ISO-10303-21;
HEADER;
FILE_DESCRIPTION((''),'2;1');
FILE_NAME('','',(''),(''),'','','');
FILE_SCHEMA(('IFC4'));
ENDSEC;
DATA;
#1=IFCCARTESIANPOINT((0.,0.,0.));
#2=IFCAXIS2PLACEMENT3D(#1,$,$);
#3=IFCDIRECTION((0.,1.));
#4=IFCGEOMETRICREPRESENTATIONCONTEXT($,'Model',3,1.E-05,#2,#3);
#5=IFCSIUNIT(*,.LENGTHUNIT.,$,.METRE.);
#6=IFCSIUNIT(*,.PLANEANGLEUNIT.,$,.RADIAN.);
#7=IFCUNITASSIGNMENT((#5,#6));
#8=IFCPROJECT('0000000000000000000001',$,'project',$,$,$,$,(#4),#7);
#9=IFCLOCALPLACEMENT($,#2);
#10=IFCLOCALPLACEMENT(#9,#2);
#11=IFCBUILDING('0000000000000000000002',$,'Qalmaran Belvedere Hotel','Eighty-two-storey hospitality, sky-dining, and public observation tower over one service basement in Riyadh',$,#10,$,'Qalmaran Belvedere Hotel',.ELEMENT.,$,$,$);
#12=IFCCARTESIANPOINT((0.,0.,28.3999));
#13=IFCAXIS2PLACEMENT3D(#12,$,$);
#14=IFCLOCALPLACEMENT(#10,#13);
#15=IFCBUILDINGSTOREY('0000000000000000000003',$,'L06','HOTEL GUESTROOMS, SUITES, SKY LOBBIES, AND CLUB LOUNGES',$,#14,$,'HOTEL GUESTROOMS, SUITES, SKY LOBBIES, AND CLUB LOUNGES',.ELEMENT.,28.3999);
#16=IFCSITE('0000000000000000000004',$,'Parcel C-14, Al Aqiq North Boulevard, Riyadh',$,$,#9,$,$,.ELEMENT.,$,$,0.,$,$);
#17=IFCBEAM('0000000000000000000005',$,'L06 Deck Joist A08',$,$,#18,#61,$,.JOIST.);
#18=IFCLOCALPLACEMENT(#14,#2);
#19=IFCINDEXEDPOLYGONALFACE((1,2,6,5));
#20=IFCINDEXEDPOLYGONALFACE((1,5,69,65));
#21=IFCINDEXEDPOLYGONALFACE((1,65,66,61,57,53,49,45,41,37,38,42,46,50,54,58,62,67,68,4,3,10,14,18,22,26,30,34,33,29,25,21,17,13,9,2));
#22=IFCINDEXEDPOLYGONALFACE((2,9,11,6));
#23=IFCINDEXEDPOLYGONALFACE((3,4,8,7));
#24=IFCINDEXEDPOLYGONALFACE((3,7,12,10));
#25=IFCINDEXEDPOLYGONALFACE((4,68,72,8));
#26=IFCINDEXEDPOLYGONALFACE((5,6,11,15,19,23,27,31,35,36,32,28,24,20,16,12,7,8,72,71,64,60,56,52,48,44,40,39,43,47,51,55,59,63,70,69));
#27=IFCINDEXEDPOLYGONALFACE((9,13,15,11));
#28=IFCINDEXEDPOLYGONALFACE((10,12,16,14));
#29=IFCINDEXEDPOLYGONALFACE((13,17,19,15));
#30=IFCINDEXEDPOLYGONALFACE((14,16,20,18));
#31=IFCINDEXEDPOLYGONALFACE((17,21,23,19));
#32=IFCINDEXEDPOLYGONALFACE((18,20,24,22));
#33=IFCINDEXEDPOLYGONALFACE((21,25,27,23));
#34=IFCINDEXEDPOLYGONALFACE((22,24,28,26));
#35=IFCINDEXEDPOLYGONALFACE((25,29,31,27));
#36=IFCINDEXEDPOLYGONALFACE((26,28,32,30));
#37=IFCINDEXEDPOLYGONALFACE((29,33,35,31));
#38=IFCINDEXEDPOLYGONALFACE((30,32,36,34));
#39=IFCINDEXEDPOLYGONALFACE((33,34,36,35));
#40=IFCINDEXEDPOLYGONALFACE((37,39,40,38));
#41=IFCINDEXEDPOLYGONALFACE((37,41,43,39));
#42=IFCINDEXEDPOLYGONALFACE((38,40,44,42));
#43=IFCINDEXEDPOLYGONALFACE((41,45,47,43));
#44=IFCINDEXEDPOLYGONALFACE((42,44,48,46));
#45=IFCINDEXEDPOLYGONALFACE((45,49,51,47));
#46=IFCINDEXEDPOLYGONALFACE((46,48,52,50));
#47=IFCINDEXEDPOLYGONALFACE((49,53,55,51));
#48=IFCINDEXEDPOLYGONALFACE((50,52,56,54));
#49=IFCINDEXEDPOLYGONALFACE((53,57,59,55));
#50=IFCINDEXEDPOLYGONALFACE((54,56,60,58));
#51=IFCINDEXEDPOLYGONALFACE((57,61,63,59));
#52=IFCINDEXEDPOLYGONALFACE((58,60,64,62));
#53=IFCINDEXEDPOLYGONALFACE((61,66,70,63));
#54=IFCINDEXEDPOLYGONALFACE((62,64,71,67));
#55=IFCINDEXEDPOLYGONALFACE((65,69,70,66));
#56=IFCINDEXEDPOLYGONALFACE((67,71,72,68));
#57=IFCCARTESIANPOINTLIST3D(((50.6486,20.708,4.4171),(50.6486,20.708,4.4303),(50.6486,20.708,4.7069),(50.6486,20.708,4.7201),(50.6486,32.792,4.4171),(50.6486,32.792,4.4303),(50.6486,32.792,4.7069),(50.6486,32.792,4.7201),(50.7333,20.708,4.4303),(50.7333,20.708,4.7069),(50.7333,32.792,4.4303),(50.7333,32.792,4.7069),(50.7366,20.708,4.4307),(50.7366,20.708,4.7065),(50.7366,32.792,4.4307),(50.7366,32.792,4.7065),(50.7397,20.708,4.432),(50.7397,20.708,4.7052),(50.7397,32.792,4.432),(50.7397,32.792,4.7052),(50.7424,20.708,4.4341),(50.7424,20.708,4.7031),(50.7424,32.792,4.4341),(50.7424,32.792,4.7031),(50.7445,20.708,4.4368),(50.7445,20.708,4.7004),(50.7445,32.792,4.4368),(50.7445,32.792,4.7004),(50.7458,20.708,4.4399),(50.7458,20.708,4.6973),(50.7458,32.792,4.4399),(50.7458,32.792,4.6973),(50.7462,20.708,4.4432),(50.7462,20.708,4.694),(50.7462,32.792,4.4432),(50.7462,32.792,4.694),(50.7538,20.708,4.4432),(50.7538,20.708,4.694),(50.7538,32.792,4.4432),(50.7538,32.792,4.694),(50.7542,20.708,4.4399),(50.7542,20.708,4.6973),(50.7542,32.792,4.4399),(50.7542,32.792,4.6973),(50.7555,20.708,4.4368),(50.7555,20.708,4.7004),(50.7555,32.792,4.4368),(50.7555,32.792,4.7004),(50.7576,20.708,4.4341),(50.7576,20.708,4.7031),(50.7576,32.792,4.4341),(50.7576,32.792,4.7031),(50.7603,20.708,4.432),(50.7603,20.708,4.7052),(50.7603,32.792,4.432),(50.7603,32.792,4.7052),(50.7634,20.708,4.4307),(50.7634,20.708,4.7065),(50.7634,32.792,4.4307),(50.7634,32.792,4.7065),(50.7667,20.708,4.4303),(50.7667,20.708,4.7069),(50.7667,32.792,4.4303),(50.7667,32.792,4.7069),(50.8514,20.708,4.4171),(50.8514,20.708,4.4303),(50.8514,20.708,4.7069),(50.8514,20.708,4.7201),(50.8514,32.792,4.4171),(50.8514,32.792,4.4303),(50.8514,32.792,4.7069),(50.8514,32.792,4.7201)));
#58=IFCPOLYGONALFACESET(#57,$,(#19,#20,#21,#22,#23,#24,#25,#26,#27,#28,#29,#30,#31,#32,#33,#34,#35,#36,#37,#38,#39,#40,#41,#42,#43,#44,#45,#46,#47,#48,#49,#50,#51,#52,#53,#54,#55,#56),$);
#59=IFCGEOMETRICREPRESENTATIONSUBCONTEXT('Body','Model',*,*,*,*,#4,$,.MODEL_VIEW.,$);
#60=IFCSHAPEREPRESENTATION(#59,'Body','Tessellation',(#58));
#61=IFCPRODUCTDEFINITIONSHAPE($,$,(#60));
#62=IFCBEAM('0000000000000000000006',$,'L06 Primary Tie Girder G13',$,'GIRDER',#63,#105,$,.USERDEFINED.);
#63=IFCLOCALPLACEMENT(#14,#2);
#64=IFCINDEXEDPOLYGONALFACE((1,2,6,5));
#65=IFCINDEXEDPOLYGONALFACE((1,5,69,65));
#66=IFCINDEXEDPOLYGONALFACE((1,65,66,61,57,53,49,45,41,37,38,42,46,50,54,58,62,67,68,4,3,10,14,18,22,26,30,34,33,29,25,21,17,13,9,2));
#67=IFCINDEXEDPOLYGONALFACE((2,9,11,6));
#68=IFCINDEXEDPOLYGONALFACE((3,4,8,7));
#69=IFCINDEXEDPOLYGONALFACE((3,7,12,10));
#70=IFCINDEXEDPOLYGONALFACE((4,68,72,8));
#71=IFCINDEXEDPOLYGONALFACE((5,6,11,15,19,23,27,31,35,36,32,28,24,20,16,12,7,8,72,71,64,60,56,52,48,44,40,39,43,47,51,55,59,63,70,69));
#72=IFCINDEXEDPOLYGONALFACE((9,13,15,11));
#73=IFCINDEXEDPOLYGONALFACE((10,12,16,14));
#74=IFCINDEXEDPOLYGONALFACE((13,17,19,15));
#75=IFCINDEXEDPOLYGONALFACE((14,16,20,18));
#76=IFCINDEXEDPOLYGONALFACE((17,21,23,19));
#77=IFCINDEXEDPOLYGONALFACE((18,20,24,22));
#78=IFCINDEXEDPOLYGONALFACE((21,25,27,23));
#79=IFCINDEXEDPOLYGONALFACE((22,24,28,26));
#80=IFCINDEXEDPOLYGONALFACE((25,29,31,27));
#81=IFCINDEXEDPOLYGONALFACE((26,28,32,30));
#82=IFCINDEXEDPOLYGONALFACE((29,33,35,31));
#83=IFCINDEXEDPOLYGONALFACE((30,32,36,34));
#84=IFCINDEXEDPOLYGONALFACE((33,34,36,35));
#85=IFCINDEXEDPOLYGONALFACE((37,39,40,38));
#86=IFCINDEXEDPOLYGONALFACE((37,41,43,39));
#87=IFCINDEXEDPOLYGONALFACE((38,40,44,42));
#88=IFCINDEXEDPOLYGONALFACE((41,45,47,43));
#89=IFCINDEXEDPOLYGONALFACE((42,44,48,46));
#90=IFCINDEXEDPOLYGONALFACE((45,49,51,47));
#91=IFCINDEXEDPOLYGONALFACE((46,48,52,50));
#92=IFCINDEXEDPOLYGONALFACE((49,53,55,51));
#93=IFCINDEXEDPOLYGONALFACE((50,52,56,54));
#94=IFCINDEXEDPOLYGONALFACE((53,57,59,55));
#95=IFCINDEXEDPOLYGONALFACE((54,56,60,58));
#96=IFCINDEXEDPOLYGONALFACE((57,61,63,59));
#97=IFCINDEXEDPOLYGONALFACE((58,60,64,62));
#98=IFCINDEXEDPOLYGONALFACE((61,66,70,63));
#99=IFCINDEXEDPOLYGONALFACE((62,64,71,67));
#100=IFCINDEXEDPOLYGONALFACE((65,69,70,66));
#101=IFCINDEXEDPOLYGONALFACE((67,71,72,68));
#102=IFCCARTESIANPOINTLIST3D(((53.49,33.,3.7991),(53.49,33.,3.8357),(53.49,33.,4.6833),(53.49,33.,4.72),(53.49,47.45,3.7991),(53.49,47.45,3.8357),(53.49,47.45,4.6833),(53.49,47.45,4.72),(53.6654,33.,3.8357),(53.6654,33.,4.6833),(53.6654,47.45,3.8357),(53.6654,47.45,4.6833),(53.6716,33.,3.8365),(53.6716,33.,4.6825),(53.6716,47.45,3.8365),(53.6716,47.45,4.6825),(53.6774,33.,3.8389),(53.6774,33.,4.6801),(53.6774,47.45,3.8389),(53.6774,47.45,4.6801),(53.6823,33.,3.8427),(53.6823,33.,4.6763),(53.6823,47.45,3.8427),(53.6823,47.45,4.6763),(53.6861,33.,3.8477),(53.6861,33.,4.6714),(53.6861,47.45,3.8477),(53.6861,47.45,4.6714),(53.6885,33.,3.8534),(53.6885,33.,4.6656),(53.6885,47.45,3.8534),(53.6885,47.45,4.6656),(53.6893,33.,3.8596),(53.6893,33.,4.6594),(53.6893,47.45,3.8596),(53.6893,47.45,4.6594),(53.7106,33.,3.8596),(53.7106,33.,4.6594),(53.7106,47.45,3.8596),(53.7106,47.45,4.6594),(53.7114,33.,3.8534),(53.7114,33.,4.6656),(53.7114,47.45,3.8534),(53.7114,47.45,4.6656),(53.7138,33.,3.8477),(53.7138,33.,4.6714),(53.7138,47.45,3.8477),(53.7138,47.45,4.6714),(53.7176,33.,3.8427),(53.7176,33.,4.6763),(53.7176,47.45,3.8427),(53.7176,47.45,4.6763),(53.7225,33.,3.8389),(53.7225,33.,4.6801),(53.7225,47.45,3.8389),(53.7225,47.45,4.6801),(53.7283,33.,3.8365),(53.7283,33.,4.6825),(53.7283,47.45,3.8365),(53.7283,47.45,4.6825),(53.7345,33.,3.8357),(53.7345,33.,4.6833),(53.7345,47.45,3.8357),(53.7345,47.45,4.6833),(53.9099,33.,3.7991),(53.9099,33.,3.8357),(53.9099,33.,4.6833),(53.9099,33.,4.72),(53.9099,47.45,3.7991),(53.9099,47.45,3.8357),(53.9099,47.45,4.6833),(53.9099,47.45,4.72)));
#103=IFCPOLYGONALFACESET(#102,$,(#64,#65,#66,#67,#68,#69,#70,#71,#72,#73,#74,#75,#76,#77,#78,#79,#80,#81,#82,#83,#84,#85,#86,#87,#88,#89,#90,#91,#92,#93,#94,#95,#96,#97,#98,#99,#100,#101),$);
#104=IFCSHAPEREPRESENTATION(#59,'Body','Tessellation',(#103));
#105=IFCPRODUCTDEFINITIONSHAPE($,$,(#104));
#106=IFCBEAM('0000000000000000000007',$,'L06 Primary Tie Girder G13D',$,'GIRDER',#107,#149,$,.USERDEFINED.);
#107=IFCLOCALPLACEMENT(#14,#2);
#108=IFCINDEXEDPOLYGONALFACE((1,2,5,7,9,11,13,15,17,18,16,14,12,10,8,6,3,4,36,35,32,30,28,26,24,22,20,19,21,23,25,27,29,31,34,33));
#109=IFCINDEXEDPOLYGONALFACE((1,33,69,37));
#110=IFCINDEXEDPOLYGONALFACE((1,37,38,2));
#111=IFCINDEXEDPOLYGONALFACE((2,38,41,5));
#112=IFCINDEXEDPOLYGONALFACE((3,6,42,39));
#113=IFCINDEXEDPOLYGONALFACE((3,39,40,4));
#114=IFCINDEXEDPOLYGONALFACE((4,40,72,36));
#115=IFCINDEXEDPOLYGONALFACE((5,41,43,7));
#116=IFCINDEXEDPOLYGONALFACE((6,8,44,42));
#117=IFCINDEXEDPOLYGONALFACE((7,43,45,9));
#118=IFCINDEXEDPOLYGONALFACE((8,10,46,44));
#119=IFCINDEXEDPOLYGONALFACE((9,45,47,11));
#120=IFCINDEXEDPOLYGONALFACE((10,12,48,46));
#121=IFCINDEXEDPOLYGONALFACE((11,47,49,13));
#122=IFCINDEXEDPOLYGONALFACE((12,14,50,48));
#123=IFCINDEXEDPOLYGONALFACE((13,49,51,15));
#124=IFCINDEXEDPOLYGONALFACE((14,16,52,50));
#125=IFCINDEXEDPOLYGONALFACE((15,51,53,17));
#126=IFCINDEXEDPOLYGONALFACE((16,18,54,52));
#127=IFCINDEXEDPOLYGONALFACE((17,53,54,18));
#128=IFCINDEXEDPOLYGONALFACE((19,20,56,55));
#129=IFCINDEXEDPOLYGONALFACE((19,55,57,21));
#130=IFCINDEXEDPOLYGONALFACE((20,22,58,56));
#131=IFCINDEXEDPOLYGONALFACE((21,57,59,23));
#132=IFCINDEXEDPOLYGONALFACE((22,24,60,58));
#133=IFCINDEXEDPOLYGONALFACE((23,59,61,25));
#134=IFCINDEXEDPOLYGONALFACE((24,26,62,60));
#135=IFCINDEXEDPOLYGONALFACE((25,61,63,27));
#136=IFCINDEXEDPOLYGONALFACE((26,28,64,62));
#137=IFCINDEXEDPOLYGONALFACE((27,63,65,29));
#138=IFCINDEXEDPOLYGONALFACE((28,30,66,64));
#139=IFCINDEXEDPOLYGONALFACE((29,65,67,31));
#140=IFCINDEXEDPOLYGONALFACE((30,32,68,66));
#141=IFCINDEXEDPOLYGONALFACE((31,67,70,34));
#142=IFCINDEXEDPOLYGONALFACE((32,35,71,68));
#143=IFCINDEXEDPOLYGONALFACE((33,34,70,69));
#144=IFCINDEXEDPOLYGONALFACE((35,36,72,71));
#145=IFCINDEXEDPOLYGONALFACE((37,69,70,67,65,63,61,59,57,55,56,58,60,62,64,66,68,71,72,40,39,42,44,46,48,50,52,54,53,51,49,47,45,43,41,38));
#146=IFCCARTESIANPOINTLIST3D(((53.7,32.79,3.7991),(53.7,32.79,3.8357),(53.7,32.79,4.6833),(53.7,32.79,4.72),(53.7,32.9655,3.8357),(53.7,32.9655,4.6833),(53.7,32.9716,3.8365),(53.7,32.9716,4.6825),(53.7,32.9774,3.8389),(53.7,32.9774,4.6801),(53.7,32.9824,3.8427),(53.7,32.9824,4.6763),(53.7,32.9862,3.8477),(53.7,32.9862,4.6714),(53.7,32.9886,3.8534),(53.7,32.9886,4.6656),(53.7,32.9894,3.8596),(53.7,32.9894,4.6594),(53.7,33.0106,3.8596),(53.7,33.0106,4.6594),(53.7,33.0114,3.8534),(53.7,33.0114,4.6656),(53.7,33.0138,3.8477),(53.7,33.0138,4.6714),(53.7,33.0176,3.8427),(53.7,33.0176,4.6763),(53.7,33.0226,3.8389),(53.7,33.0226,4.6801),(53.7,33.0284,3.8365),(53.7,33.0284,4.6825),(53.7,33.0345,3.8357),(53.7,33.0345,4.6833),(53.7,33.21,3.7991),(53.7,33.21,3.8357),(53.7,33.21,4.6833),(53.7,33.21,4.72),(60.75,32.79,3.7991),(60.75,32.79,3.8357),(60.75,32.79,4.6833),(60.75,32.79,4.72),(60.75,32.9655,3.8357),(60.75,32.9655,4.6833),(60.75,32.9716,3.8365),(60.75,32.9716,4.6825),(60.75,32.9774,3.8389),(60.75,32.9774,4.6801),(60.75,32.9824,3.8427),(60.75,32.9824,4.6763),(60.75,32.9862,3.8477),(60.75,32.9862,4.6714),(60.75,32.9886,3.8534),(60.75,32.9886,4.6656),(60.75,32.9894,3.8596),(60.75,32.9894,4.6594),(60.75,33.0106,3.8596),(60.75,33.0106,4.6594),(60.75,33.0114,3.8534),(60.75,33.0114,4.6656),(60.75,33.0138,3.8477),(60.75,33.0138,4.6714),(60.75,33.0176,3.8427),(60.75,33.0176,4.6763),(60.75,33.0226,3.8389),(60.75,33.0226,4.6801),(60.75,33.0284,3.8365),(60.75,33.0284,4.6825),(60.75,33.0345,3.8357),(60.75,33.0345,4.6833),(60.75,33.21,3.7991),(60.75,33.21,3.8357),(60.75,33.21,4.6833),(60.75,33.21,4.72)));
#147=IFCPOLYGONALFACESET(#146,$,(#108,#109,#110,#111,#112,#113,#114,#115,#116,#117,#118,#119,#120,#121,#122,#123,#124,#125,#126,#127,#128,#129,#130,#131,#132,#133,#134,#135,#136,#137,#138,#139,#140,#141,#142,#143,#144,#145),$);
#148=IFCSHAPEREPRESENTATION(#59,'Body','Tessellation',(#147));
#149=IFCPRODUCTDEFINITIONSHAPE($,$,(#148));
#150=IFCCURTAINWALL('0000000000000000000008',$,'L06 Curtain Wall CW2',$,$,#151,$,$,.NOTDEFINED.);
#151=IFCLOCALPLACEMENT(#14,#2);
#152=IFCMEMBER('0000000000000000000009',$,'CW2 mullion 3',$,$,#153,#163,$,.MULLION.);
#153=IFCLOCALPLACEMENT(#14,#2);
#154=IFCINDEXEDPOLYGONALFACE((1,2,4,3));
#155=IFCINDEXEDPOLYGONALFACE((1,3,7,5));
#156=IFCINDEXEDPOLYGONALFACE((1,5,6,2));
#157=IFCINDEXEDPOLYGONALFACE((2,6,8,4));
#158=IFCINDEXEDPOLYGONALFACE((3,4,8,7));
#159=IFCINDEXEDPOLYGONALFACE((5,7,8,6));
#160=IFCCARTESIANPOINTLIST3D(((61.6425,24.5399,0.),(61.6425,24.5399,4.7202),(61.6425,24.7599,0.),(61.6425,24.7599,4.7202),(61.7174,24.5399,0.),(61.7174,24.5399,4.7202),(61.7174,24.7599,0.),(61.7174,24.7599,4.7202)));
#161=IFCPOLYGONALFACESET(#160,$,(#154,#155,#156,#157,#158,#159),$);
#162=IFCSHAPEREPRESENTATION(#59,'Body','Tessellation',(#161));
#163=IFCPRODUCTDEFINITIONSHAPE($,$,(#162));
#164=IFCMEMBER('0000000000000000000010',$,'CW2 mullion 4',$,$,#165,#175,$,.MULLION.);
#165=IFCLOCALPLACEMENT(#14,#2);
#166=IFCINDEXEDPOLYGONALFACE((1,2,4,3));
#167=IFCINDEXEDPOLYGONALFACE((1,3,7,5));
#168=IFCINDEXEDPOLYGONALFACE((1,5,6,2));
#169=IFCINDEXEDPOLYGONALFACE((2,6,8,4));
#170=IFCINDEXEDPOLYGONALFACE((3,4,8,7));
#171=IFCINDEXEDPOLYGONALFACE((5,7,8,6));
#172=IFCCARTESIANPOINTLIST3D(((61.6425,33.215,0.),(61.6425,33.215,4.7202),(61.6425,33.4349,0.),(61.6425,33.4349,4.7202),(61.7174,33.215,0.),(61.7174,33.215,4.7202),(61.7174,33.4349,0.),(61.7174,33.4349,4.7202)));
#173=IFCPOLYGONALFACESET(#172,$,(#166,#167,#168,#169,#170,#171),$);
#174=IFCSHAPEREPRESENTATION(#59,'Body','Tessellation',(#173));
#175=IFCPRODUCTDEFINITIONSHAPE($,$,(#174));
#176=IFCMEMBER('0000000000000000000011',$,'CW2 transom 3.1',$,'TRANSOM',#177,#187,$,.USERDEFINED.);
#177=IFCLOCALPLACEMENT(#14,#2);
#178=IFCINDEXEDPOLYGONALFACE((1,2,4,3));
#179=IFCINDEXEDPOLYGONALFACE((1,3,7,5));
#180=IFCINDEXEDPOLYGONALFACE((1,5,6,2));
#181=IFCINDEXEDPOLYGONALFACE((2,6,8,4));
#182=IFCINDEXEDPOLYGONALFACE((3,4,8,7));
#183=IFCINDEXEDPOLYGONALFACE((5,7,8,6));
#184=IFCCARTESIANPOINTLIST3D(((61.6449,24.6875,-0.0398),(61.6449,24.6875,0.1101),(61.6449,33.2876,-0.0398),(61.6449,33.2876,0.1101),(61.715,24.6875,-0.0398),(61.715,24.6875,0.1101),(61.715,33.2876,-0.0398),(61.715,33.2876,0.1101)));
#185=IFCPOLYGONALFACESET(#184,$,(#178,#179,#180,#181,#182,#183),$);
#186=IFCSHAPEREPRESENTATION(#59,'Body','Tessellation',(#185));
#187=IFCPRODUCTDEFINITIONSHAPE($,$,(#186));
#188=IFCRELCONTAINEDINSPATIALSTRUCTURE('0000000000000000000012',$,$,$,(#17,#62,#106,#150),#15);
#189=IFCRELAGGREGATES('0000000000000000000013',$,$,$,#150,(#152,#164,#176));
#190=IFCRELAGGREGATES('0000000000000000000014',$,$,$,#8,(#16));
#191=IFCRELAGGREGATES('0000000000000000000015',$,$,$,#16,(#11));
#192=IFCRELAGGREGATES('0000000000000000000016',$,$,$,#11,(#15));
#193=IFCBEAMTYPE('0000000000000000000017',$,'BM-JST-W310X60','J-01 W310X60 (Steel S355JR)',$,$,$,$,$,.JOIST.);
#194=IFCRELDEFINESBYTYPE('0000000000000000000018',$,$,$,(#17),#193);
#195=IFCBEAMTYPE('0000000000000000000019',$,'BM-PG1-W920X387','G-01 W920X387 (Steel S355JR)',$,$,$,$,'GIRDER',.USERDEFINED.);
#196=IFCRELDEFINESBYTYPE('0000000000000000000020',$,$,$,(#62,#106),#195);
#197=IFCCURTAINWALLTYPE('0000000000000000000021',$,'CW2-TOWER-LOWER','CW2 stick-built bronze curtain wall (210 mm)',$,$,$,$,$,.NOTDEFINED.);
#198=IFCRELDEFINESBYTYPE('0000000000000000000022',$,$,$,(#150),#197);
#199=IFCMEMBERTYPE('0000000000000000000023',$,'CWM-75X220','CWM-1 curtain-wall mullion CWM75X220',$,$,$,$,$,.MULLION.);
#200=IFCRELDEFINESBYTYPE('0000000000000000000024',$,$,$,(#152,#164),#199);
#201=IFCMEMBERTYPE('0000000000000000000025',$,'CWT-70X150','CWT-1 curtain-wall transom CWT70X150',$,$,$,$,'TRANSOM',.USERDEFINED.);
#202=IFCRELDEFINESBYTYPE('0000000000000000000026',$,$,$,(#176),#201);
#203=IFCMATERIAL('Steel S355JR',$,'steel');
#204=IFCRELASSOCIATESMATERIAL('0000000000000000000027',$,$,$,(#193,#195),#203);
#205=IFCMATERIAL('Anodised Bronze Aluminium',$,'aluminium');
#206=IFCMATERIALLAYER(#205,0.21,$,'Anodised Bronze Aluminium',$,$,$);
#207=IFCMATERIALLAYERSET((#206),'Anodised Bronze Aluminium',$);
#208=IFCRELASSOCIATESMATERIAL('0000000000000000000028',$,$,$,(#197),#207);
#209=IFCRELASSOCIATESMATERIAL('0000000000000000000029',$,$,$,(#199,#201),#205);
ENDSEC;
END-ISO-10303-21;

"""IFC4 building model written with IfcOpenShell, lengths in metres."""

from ifc_helpers import new_model, si_unit, direction, frame, origin, origin_2d, place, context, subcontext, project, spatial, rectangle, i_section, extrude, material, layer, layer_set, material_profile, profile_set, type_object, element, aggregate, save


model = new_model("IFC4")

# Units and contexts
model_context = context("Model", 3, precision=1e-05, world=origin(), true_north=direction((0.0, 1.0)))
body_context = subcontext(model_context, "Body", "Model", "MODEL_VIEW")
ifc_project = project(units=[si_unit("LENGTHUNIT", "METRE"), si_unit("PLANEANGLEUNIT", "RADIAN")], contexts=[model_context])

# Site, building, storey
site_placement = place(None, origin())
site = spatial("IfcSite", under=ifc_project, at=site_placement, Name="Parcel C-14, Al Aqiq North Boulevard, Riyadh", CompositionType="ELEMENT", RefElevation=0.0)
building_placement = place(site_placement, origin())
building = spatial("IfcBuilding", under=site, at=building_placement, Name="Qalmaran Belvedere Hotel", Description="Eighty-two-storey hospitality, sky-dining, and public observation tower over one service basement in Riyadh", LongName="Qalmaran Belvedere Hotel", CompositionType="ELEMENT")
storey_placement = place(building_placement, frame((0.0, 0.0, 28.3999)))
storey = spatial("IfcBuildingStorey", under=building, at=storey_placement, Name="L06", Description="HOTEL GUESTROOMS, SUITES, SKY LOBBIES, AND CLUB LOUNGES", LongName="HOTEL GUESTROOMS, SUITES, SKY LOBBIES, AND CLUB LOUNGES", CompositionType="ELEMENT", Elevation=28.3999)

# Beams
ifc_material_1 = material(Name="Steel S355JR", Category="steel")
ifc_material_profile_1 = material_profile(ifc_material_1, i_section(OverallWidth=0.2029, OverallDepth=0.303, WebThickness=0.0076, FlangeThickness=0.0132, FilletRadius=0.0129, at=origin_2d()), Name="W310X60")
ifc_profile_set_1 = profile_set([ifc_material_profile_1], Name="Steel S355JR")
beam_type_1 = type_object("IfcBeamType", Name="BM-JST-W310X60", Description="J-01 W310X60 (Steel S355JR)", PredefinedType="JOIST", material=ifc_profile_set_1)
for number, where, z_axis, x_axis, name in (
    (1, (50.75, 20.708, 4.5686), (0.0, 1.0, 0.0), (-1.0, 0.0, 0.0), "L06 Deck Joist A08"),
):
    element("IfcBeam", number, at=place(storey_placement, frame(where, z_axis=z_axis, x_axis=x_axis)), inside=storey, type_object=beam_type_1, Name=name, PredefinedType="JOIST", context=body_context, shape_type="SweptSolid", body=[
        extrude(i_section(OverallWidth=0.2029, OverallDepth=0.303, WebThickness=0.0076, FlangeThickness=0.0132, FilletRadius=0.0129, at=origin_2d()), origin(), (0.0, 0.0, 1.0), 12.084),
    ])
ifc_material_profile_2 = material_profile(ifc_material_1, i_section(OverallWidth=0.4199, OverallDepth=0.9209, WebThickness=0.0212, FlangeThickness=0.0366, FilletRadius=0.0239, at=origin_2d()), Name="W920X387")
ifc_profile_set_2 = profile_set([ifc_material_profile_2], Name="Steel S355JR")
beam_type_2 = type_object("IfcBeamType", Name="BM-PG1-W920X387", Description="G-01 W920X387 (Steel S355JR)", ElementType="GIRDER", PredefinedType="USERDEFINED", material=ifc_profile_set_2)
beam_1_placement = place(storey_placement, frame((53.7, 33.0, 4.2595), z_axis=(0.0, 1.0, 0.0), x_axis=(-1.0, 0.0, 0.0)))
element("IfcBeam", 2, at=beam_1_placement, inside=storey, type_object=beam_type_2, Name="L06 Primary Tie Girder G13", ObjectType="GIRDER", PredefinedType="USERDEFINED", context=body_context, shape_type="SweptSolid", body=[
    extrude(i_section(OverallWidth=0.4199, OverallDepth=0.9209, WebThickness=0.0212, FlangeThickness=0.0366, FilletRadius=0.0239, at=origin_2d()), origin(), (0.0, 0.0, 1.0), 14.45),
])
beam_2_placement = place(storey_placement, frame((53.7, 33.0, 4.2595), z_axis=(1.0, 0.0, 0.0), x_axis=(0.0, 1.0, 0.0)))
element("IfcBeam", 3, at=beam_2_placement, inside=storey, type_object=beam_type_2, Name="L06 Primary Tie Girder G13D", ObjectType="GIRDER", PredefinedType="USERDEFINED", context=body_context, shape_type="SweptSolid", body=[
    extrude(i_section(OverallWidth=0.4199, OverallDepth=0.9209, WebThickness=0.0212, FlangeThickness=0.0366, FilletRadius=0.0239, at=origin_2d()), origin(), (0.0, 0.0, 1.0), 7.05),
])

# Curtain wall, members
ifc_material_2 = material(Name="Anodised Bronze Aluminium", Category="aluminium")
ifc_layer_1 = layer(ifc_material_2, 0.21, Name="Anodised Bronze Aluminium")
ifc_layer_set_1 = layer_set([ifc_layer_1], Name="Anodised Bronze Aluminium")
curtain_wall_type = type_object("IfcCurtainWallType", Name="CW2-TOWER-LOWER", Description="CW2 stick-built bronze curtain wall (210 mm)", PredefinedType="NOTDEFINED", material=ifc_layer_set_1)
curtain_wall_placement = place(storey_placement, origin())
curtain_wall = element("IfcCurtainWall", 4, at=curtain_wall_placement, inside=storey, type_object=curtain_wall_type, Name="L06 Curtain Wall CW2", PredefinedType="NOTDEFINED")
ifc_material_profile_3 = material_profile(ifc_material_2, rectangle(XDim=0.075, YDim=0.22, at=origin_2d()), Name="CWM75X220")
ifc_profile_set_3 = profile_set([ifc_material_profile_3], Name="Anodised Bronze Aluminium")
member_type_1 = type_object("IfcMemberType", Name="CWM-75X220", Description="CWM-1 curtain-wall mullion CWM75X220", PredefinedType="MULLION", material=ifc_profile_set_3)
member_1_placement = place(storey_placement, frame((61.6799, 24.6499, 0.0), z_axis=(0.0, 0.0, 1.0), x_axis=(-1.0, 0.0, 0.0)))
member_1 = element("IfcMember", 5, at=member_1_placement, type_object=member_type_1, Name="CW2 mullion 3", PredefinedType="MULLION", context=body_context, shape_type="SweptSolid", body=[
    extrude(rectangle(XDim=0.075, YDim=0.22, at=origin_2d()), origin(), (0.0, 0.0, 1.0), 4.7202),
])
member_2_placement = place(storey_placement, frame((61.6799, 33.325, 0.0), z_axis=(0.0, 0.0, 1.0), x_axis=(-1.0, 0.0, 0.0)))
member_2 = element("IfcMember", 6, at=member_2_placement, type_object=member_type_1, Name="CW2 mullion 4", PredefinedType="MULLION", context=body_context, shape_type="SweptSolid", body=[
    extrude(rectangle(XDim=0.075, YDim=0.22, at=origin_2d()), origin(), (0.0, 0.0, 1.0), 4.7202),
])
ifc_material_profile_4 = material_profile(ifc_material_2, rectangle(XDim=0.0701, YDim=0.1499, at=origin_2d()), Name="CWT70X150")
ifc_profile_set_4 = profile_set([ifc_material_profile_4], Name="Anodised Bronze Aluminium")
member_type_2 = type_object("IfcMemberType", Name="CWT-70X150", Description="CWT-1 curtain-wall transom CWT70X150", ElementType="TRANSOM", PredefinedType="USERDEFINED", material=ifc_profile_set_4)
member_3_placement = place(storey_placement, frame((61.6799, 24.6875, 0.0352), z_axis=(0.0, 1.0, 0.0), x_axis=(-1.0, 0.0, 0.0)))
member_3 = element("IfcMember", 7, at=member_3_placement, type_object=member_type_2, Name="CW2 transom 3.1", ObjectType="TRANSOM", PredefinedType="USERDEFINED", context=body_context, shape_type="SweptSolid", body=[
    extrude(rectangle(XDim=0.0701, YDim=0.1499, at=origin_2d()), origin(), (0.0, 0.0, 1.0), 8.6001),
])
aggregate(curtain_wall, [member_1, member_2, member_3])

save(model, "model.ifc")
